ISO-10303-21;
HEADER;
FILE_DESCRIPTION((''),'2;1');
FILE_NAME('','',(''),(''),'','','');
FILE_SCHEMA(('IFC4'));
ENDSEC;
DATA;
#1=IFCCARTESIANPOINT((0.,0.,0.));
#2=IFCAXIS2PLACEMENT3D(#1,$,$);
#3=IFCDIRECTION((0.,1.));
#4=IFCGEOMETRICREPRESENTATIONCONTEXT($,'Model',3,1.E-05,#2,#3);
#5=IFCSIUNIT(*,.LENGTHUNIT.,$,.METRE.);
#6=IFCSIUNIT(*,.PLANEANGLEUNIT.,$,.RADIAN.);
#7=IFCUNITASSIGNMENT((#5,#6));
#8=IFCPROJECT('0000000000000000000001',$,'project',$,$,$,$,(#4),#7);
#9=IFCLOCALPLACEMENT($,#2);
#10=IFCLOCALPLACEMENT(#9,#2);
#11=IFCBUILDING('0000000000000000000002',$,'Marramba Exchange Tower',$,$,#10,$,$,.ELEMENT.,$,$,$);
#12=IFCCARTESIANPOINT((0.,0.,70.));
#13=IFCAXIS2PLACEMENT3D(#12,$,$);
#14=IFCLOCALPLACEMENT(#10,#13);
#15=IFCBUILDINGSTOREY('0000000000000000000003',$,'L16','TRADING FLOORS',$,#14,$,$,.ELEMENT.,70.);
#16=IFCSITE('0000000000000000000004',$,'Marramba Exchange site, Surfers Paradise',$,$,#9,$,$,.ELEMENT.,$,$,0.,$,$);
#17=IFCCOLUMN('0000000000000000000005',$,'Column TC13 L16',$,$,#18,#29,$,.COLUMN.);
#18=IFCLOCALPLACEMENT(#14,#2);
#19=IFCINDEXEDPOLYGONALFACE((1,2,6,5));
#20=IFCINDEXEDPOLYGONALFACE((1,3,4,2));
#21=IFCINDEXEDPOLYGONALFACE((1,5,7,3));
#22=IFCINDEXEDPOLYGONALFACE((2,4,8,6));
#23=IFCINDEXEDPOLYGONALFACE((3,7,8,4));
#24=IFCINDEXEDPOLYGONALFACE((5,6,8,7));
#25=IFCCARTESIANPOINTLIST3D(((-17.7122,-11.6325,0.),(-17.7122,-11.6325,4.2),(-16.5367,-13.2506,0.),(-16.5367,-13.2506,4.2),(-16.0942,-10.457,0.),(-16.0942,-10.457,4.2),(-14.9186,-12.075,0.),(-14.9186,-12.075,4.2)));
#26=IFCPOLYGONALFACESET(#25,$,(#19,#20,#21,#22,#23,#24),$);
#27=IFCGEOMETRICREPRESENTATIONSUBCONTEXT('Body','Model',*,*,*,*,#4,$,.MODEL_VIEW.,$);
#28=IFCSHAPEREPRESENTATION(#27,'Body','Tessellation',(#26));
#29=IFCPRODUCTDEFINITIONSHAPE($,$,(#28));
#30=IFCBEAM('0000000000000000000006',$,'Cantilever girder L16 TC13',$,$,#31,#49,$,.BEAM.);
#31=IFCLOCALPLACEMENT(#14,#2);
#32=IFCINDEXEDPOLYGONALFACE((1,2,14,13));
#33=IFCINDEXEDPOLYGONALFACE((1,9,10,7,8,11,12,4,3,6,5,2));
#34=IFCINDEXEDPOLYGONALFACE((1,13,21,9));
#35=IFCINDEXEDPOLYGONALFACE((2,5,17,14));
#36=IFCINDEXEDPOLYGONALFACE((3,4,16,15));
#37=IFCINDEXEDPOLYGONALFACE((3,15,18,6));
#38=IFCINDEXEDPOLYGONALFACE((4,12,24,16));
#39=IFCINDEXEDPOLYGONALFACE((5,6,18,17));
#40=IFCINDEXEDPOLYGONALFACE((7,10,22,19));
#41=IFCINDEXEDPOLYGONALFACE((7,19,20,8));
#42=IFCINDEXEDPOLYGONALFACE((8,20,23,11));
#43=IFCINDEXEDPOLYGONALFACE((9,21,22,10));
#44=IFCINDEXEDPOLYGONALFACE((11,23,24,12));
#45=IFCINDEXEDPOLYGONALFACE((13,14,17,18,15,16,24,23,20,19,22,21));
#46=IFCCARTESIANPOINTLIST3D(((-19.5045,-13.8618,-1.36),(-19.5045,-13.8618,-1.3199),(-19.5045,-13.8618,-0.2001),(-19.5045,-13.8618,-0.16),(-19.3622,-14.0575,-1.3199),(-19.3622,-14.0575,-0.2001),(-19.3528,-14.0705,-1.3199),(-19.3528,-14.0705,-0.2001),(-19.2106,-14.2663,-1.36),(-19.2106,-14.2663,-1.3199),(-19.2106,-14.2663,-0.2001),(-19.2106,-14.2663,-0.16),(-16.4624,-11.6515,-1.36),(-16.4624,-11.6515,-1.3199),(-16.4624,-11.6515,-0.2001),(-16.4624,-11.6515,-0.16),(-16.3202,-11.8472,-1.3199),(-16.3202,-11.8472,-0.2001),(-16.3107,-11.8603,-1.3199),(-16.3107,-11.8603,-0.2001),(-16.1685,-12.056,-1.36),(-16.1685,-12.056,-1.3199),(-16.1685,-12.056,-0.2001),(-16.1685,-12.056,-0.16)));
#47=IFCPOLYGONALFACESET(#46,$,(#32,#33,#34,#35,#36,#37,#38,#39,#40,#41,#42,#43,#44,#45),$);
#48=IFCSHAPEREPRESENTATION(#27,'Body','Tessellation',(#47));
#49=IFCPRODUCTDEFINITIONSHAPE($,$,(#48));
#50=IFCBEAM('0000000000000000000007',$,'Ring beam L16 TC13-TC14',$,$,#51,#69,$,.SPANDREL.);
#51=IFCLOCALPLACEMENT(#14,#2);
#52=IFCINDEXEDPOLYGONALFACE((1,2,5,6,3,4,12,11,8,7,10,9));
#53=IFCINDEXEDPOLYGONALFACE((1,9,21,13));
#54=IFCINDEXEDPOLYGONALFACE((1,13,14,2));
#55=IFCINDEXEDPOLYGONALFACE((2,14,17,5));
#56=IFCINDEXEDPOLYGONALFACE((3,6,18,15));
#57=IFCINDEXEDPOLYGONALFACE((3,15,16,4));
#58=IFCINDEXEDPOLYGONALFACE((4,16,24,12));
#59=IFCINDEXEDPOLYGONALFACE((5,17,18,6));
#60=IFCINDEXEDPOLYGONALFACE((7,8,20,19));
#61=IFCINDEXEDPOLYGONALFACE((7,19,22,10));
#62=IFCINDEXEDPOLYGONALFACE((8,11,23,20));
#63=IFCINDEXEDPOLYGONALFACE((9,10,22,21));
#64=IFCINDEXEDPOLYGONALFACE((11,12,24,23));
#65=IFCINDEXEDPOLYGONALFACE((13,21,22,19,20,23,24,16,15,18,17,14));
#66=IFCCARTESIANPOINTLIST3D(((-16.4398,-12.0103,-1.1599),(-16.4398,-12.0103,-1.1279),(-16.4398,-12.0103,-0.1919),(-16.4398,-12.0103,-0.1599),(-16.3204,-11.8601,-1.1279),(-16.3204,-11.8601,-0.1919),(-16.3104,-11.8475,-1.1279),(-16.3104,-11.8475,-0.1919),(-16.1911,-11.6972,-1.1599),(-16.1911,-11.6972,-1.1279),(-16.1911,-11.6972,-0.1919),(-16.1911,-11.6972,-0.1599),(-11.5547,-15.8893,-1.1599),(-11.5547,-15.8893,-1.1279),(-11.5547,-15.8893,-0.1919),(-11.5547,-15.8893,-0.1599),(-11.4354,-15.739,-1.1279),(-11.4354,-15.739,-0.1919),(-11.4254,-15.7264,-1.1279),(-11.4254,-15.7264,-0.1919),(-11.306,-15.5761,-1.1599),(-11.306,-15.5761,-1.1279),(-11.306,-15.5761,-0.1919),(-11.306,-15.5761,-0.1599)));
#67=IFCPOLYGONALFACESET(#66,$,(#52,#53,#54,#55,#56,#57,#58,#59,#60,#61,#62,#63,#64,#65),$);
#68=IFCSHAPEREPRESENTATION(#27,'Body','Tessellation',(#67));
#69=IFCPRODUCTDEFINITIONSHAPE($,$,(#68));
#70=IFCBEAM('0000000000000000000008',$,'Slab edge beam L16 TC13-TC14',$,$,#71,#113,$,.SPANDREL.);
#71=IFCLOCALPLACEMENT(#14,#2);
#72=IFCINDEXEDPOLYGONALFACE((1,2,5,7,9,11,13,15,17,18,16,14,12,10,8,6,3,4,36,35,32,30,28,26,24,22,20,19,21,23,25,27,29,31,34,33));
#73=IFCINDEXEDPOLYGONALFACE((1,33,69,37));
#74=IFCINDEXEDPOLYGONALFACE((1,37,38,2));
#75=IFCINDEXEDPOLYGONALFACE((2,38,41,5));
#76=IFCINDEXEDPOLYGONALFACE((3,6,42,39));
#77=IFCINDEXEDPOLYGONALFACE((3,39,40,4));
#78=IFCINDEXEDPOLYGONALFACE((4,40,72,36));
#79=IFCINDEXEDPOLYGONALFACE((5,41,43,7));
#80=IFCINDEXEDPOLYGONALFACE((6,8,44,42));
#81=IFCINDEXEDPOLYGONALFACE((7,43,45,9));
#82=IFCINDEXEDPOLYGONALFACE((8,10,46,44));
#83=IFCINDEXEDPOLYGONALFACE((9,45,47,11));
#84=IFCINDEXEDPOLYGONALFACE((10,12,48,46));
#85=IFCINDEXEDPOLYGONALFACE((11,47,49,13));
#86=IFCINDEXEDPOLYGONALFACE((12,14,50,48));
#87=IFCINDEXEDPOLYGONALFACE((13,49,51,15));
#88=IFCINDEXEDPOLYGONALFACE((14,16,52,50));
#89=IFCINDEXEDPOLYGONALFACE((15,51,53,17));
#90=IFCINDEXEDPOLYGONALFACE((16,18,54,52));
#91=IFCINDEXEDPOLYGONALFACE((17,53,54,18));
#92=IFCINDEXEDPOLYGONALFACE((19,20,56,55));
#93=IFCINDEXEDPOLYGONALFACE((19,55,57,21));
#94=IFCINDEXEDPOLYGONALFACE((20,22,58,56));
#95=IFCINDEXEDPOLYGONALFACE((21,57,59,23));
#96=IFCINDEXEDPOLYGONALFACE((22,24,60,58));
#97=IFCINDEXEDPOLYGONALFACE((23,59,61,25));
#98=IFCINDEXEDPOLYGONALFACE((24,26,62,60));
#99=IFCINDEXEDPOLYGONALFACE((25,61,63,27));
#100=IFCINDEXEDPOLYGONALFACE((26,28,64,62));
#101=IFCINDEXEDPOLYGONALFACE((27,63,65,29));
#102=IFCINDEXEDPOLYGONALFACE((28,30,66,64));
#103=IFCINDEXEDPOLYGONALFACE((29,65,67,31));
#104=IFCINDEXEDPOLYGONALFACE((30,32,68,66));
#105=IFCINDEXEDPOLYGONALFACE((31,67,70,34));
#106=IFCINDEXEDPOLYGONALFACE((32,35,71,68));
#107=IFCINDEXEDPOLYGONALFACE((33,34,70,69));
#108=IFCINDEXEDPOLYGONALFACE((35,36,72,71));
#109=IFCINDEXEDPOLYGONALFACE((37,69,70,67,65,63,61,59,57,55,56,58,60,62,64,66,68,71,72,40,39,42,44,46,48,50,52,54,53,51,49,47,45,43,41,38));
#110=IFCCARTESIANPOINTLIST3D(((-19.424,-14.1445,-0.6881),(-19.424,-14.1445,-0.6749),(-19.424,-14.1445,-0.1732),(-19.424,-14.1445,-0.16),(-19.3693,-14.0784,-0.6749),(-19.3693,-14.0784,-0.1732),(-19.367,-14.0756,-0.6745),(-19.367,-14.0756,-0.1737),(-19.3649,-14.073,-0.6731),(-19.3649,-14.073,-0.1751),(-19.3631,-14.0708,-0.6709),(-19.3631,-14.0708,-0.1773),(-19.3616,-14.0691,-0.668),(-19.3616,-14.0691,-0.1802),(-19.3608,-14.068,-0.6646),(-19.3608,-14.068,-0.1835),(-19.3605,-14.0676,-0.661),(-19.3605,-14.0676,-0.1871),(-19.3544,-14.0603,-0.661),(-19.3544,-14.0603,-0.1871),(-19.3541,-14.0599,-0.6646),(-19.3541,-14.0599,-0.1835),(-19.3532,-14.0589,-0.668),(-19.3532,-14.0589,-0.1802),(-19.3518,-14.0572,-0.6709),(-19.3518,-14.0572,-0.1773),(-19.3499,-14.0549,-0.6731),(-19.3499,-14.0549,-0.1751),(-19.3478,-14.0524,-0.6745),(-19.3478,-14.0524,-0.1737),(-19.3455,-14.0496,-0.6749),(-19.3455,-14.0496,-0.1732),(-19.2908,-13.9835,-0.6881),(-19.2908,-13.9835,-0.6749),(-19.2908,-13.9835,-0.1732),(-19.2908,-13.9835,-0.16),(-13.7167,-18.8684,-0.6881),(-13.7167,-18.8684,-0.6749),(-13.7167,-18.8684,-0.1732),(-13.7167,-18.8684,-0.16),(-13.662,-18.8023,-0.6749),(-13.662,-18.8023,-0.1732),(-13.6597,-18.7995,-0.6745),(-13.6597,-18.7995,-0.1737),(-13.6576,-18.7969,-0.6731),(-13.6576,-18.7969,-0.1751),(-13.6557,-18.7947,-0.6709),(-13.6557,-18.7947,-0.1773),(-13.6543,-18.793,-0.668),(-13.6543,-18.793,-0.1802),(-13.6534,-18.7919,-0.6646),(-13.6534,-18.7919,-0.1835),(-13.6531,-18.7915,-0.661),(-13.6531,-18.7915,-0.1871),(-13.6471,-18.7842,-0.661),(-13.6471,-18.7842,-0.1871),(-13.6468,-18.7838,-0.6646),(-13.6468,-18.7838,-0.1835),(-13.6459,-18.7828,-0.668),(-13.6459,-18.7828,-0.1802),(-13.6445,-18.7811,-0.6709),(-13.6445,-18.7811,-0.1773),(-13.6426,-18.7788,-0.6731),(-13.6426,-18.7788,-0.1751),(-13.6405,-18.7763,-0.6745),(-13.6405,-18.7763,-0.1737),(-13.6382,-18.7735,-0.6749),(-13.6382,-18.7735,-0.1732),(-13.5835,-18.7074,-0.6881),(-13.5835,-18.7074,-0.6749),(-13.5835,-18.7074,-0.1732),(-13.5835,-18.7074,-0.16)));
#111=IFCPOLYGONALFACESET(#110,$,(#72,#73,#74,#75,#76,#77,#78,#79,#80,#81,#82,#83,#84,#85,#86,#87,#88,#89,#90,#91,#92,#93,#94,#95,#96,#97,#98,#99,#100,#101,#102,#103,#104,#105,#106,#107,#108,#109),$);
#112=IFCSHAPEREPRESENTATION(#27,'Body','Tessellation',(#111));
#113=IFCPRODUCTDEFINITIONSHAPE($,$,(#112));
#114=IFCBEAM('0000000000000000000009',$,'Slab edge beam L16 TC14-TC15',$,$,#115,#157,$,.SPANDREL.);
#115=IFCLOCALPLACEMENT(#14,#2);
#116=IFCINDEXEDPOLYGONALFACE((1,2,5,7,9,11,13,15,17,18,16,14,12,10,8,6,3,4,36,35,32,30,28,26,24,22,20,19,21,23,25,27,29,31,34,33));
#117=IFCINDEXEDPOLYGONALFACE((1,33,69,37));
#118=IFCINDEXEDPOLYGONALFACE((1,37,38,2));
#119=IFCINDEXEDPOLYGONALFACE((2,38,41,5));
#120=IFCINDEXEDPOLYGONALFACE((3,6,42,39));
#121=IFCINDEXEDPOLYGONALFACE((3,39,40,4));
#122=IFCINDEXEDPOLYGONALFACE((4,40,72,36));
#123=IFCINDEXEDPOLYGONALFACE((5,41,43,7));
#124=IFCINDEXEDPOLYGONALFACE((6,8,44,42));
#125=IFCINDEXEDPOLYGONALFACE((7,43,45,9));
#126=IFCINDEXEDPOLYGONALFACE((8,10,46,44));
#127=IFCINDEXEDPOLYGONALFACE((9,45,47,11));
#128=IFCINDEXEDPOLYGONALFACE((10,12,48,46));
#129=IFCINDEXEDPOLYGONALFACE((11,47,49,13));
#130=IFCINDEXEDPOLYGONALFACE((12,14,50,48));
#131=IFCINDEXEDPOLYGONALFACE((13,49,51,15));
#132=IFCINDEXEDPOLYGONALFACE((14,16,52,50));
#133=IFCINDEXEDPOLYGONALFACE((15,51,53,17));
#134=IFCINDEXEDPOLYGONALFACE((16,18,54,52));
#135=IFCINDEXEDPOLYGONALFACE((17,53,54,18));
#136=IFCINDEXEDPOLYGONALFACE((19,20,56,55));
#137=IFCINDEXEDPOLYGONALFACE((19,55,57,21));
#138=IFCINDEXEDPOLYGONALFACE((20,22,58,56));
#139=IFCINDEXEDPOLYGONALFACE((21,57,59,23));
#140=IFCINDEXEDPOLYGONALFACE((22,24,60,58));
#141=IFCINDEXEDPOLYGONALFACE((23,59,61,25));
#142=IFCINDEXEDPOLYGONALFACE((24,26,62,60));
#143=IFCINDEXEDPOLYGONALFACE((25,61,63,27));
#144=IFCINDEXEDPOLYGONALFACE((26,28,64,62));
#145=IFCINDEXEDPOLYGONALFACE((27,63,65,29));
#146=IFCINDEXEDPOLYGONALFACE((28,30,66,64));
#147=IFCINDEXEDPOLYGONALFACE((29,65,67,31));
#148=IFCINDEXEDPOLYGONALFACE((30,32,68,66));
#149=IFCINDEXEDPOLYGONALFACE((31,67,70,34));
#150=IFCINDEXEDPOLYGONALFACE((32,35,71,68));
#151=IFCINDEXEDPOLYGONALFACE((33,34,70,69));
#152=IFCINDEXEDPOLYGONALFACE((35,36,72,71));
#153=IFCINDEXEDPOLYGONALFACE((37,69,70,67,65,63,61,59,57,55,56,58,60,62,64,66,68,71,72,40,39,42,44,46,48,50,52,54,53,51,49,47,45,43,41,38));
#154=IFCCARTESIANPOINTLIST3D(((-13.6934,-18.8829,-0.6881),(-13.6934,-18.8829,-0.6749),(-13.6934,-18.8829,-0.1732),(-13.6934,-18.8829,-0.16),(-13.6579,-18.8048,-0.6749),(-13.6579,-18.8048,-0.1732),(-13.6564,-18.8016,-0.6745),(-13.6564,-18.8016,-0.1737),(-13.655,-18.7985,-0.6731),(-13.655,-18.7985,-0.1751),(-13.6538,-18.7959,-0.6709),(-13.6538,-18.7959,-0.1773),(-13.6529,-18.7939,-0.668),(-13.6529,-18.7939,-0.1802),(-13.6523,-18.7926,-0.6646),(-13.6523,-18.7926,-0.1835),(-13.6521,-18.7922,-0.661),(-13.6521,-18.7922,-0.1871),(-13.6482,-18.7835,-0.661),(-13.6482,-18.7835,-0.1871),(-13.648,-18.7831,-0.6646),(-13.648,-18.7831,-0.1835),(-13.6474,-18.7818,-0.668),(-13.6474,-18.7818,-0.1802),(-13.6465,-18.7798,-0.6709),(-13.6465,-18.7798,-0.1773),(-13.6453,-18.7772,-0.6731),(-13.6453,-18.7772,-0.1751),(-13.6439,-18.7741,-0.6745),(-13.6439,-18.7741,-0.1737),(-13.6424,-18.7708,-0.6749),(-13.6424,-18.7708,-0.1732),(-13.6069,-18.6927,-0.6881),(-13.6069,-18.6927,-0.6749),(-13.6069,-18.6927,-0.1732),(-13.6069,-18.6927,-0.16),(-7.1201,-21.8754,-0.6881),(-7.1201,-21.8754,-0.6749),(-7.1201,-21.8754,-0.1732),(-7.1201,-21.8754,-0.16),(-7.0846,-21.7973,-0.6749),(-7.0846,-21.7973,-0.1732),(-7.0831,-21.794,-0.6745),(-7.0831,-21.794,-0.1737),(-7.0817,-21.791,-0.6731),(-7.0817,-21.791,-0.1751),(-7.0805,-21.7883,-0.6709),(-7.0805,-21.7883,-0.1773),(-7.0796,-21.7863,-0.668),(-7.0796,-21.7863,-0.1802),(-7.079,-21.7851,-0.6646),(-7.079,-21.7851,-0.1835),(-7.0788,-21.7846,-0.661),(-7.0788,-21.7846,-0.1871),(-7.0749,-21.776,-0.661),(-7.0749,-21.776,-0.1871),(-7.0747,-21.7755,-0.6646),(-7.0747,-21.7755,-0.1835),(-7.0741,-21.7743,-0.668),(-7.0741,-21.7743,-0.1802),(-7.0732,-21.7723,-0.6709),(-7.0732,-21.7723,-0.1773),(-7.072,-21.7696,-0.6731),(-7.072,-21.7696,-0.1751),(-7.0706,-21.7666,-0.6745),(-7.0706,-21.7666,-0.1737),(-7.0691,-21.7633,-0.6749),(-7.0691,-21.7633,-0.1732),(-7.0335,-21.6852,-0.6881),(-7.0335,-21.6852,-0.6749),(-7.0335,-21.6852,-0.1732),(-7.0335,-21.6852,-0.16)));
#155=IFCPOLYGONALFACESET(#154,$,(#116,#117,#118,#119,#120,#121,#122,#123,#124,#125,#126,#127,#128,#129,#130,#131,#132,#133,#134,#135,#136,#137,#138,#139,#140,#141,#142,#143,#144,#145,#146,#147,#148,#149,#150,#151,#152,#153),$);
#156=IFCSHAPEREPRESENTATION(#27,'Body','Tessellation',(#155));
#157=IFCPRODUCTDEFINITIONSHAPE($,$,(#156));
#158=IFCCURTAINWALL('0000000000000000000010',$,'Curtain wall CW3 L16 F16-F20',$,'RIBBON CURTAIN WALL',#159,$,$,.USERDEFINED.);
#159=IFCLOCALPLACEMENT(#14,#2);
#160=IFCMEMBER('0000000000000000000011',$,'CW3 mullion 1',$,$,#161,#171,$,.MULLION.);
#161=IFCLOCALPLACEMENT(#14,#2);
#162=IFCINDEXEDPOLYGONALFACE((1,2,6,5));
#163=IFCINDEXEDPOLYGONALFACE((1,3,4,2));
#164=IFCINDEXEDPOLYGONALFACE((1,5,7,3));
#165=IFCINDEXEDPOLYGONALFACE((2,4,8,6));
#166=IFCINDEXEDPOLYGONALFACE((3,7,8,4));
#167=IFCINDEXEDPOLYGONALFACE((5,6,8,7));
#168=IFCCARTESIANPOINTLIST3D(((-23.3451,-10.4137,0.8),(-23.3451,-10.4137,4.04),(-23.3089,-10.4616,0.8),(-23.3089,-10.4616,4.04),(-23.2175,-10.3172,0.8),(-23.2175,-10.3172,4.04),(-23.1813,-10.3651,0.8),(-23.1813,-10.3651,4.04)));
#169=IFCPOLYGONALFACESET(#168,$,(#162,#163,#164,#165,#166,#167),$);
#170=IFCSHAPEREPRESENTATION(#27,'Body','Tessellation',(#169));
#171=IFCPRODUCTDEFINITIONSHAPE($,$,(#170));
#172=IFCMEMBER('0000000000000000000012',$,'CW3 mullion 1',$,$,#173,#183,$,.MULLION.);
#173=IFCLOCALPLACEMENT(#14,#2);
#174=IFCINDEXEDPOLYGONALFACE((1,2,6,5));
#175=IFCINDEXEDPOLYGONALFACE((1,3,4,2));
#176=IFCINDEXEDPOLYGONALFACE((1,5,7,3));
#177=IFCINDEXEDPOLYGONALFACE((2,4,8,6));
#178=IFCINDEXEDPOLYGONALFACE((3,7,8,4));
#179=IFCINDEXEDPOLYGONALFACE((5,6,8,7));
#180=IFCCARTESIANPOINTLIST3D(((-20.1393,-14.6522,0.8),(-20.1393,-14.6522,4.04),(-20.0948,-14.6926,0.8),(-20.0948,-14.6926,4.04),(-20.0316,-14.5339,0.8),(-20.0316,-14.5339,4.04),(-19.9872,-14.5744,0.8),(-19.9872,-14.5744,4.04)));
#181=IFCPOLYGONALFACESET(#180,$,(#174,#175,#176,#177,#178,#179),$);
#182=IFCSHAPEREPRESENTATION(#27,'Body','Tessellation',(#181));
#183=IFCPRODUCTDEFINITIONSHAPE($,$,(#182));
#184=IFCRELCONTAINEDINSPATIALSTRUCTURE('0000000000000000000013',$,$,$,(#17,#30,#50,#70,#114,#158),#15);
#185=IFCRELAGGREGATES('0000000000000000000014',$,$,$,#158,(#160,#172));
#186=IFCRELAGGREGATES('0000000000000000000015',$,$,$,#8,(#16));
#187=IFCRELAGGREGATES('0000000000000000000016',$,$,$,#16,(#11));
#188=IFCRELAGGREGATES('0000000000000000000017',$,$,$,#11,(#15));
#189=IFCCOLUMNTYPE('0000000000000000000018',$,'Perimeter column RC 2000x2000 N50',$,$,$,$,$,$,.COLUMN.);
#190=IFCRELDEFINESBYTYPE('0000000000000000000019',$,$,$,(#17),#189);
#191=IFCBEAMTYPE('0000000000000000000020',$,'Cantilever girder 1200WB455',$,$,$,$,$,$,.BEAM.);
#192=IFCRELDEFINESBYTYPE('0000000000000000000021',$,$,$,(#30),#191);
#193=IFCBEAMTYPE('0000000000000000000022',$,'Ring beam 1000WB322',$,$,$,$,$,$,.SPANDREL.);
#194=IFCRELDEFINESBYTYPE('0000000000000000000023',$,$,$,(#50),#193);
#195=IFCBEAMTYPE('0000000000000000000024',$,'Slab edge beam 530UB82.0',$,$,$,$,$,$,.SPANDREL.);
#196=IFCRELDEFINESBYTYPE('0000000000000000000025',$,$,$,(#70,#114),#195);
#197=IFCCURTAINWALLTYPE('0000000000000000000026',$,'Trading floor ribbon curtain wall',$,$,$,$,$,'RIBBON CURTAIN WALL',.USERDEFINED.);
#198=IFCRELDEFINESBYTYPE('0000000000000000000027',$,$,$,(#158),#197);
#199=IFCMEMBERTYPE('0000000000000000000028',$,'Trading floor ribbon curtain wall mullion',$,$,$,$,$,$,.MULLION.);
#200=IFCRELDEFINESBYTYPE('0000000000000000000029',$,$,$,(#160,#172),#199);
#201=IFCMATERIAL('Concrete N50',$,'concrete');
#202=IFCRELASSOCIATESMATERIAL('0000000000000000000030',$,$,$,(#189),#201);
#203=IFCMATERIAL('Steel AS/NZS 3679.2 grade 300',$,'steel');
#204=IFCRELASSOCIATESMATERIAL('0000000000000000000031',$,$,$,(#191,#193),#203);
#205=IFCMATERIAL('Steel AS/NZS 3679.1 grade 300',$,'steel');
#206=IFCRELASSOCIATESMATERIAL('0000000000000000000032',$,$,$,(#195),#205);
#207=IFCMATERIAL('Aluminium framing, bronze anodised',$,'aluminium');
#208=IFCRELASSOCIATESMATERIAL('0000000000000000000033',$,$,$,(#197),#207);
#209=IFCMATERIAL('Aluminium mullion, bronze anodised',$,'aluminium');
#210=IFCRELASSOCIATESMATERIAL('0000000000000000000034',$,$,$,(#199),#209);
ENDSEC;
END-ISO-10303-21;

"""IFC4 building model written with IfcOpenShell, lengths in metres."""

from ifc_helpers import new_model, si_unit, direction, frame, origin, origin_2d, place, context, subcontext, project, spatial, rectangle, i_section, extrude, material, material_profile, profile_set, type_object, element, aggregate, save


model = new_model("IFC4")

# Units and contexts
model_context = context("Model", 3, precision=1e-05, world=origin(), true_north=direction((0.0, 1.0)))
body_context = subcontext(model_context, "Body", "Model", "MODEL_VIEW")
ifc_project = project(units=[si_unit("LENGTHUNIT", "METRE"), si_unit("PLANEANGLEUNIT", "RADIAN")], contexts=[model_context])

# Site, building, storey
site_placement = place(None, origin())
site = spatial("IfcSite", under=ifc_project, at=site_placement, Name="Marramba Exchange site, Surfers Paradise", CompositionType="ELEMENT", RefElevation=0.0)
building_placement = place(site_placement, origin())
building = spatial("IfcBuilding", under=site, at=building_placement, Name="Marramba Exchange Tower", CompositionType="ELEMENT")
storey_placement = place(building_placement, frame((0.0, 0.0, 70.0)))
storey = spatial("IfcBuildingStorey", under=building, at=storey_placement, Name="L16", Description="TRADING FLOORS", CompositionType="ELEMENT", Elevation=70.0)

# Column
ifc_material_1 = material(Name="Concrete N50", Category="concrete")
ifc_material_profile_1 = material_profile(ifc_material_1, rectangle(XDim=2.0, YDim=2.0, at=origin_2d()), Name="RC 2000x2000")
ifc_profile_set_1 = profile_set([ifc_material_profile_1], Name="Concrete N50")
column_type = type_object("IfcColumnType", Name="Perimeter column RC 2000x2000 N50", PredefinedType="COLUMN", material=ifc_profile_set_1)
column_placement = place(storey_placement, frame((-16.3154, -11.8538, 0.0), z_axis=(0.0, 0.0, 1.0), x_axis=(-0.809017, -0.587785, 0.0)))
element("IfcColumn", 1, at=column_placement, inside=storey, type_object=column_type, Name="Column TC13 L16", PredefinedType="COLUMN", context=body_context, shape_type="SweptSolid", body=[
    extrude(rectangle(XDim=2.0, YDim=2.0, at=origin_2d()), origin(), (0.0, 0.0, 1.0), 4.2),
])

# Beams
ifc_material_2 = material(Name="Steel AS/NZS 3679.2 grade 300", Category="steel")
ifc_material_profile_2 = material_profile(ifc_material_2, i_section(OverallWidth=0.5, OverallDepth=1.2, WebThickness=0.0161, FlangeThickness=0.04, at=origin_2d()), Name="1200WB455")
ifc_profile_set_2 = profile_set([ifc_material_profile_2], Name="Steel AS/NZS 3679.2 grade 300")
beam_type_1 = type_object("IfcBeamType", Name="Cantilever girder 1200WB455", PredefinedType="BEAM", material=ifc_profile_set_2)
beam_1_placement = place(storey_placement, frame((-16.3154, -11.8538, -0.76), z_axis=(-0.809008, -0.587797, 0.0), x_axis=(0.587797, -0.809008, 0.0)))
element("IfcBeam", 2, at=beam_1_placement, inside=storey, type_object=beam_type_1, Name="Cantilever girder L16 TC13", PredefinedType="BEAM", context=body_context, shape_type="SweptSolid", body=[
    extrude(i_section(OverallWidth=0.5, OverallDepth=1.2, WebThickness=0.0161, FlangeThickness=0.04, at=origin_2d()), origin(), (0.0, 0.0, 1.0), 3.7603),
])
ifc_material_profile_3 = material_profile(ifc_material_2, i_section(OverallWidth=0.3999, OverallDepth=1.0, WebThickness=0.0161, FlangeThickness=0.032, at=origin_2d()), Name="1000WB322")
ifc_profile_set_3 = profile_set([ifc_material_profile_3], Name="Steel AS/NZS 3679.2 grade 300")
beam_type_2 = type_object("IfcBeamType", Name="Ring beam 1000WB322", PredefinedType="SPANDREL", material=ifc_profile_set_3)
beam_2_placement = place(storey_placement, frame((-16.3154, -11.8538, -0.6599), z_axis=(0.783139, -0.621846, 0.0), x_axis=(0.621846, 0.783139, 0.0)))
element("IfcBeam", 3, at=beam_2_placement, inside=storey, type_object=beam_type_2, Name="Ring beam L16 TC13-TC14", PredefinedType="SPANDREL", context=body_context, shape_type="SweptSolid", body=[
    extrude(i_section(OverallWidth=0.3999, OverallDepth=1.0, WebThickness=0.0161, FlangeThickness=0.032, at=origin_2d()), origin(), (0.0, 0.0, 1.0), 6.2378),
])
ifc_material_3 = material(Name="Steel AS/NZS 3679.1 grade 300", Category="steel")
ifc_material_profile_4 = material_profile(ifc_material_3, i_section(OverallWidth=0.209, OverallDepth=0.5281, WebThickness=0.0095, FlangeThickness=0.0132, FilletRadius=0.0139, at=origin_2d()), Name="530UB82.0")
ifc_profile_set_4 = profile_set([ifc_material_profile_4], Name="Steel AS/NZS 3679.1 grade 300")
beam_type_3 = type_object("IfcBeamType", Name="Slab edge beam 530UB82.0", PredefinedType="SPANDREL", material=ifc_profile_set_4)
beam_3_placement = place(storey_placement, frame((-19.3574, -14.064, -0.4241), z_axis=(0.770354, -0.637617, 0.0), x_axis=(0.637617, 0.770354, 0.0)))
element("IfcBeam", 4, at=beam_3_placement, inside=storey, type_object=beam_type_3, Name="Slab edge beam L16 TC13-TC14", PredefinedType="SPANDREL", context=body_context, shape_type="SweptSolid", body=[
    extrude(i_section(OverallWidth=0.209, OverallDepth=0.5281, WebThickness=0.0095, FlangeThickness=0.0132, FilletRadius=0.0139, at=origin_2d()), origin(), (0.0, 0.0, 1.0), 7.4087),
])
beam_4_placement = place(storey_placement, frame((-13.6501, -18.7878, -0.4241), z_axis=(0.910127, -0.41433, 0.0), x_axis=(0.41433, 0.910127, 0.0)))
element("IfcBeam", 5, at=beam_4_placement, inside=storey, type_object=beam_type_3, Name="Slab edge beam L16 TC14-TC15", PredefinedType="SPANDREL", context=body_context, shape_type="SweptSolid", body=[
    extrude(i_section(OverallWidth=0.209, OverallDepth=0.5281, WebThickness=0.0095, FlangeThickness=0.0132, FilletRadius=0.0139, at=origin_2d()), origin(), (0.0, 0.0, 1.0), 7.2224),
])

# Curtain wall, members
ifc_material_4 = material(Name="Aluminium framing, bronze anodised", Category="aluminium")
curtain_wall_type = type_object("IfcCurtainWallType", Name="Trading floor ribbon curtain wall", ElementType="RIBBON CURTAIN WALL", PredefinedType="USERDEFINED", material=ifc_material_4)
curtain_wall_placement = place(storey_placement, origin())
curtain_wall = element("IfcCurtainWall", 6, at=curtain_wall_placement, inside=storey, type_object=curtain_wall_type, Name="Curtain wall CW3 L16 F16-F20", ObjectType="RIBBON CURTAIN WALL", PredefinedType="USERDEFINED")
ifc_material_5 = material(Name="Aluminium mullion, bronze anodised", Category="aluminium")
ifc_material_profile_5 = material_profile(ifc_material_5, rectangle(XDim=0.1599, YDim=0.0601, at=origin_2d()), Name="CW3 mullion 60x160")
ifc_profile_set_5 = profile_set([ifc_material_profile_5], Name="Aluminium mullion, bronze anodised")
member_type_1 = type_object("IfcMemberType", Name="Trading floor ribbon curtain wall mullion", PredefinedType="MULLION", material=ifc_profile_set_5)
member_1_placement = place(storey_placement, frame((-23.2632, -10.3894, 0.8), z_axis=(0.0, 0.0, 1.0), x_axis=(0.797711, 0.60304, 0.0)))
member_1 = element("IfcMember", 7, at=member_1_placement, type_object=member_type_1, Name="CW3 mullion 1", PredefinedType="MULLION", context=body_context, shape_type="SweptSolid", body=[
    extrude(rectangle(XDim=0.1599, YDim=0.0601, at=origin_2d()), origin(), (0.0, 0.0, 1.0), 3.24),
])
member_2_placement = place(storey_placement, frame((-20.0632, -14.6133, 0.8), z_axis=(0.0, 0.0, 1.0), x_axis=(0.673058, 0.73959, 0.0)))
member_2 = element("IfcMember", 8, at=member_2_placement, type_object=member_type_1, Name="CW3 mullion 1", PredefinedType="MULLION", context=body_context, shape_type="SweptSolid", body=[
    extrude(rectangle(XDim=0.1599, YDim=0.0601, at=origin_2d()), origin(), (0.0, 0.0, 1.0), 3.24),
])
aggregate(curtain_wall, [member_1, member_2])

save(model, "model.ifc")
